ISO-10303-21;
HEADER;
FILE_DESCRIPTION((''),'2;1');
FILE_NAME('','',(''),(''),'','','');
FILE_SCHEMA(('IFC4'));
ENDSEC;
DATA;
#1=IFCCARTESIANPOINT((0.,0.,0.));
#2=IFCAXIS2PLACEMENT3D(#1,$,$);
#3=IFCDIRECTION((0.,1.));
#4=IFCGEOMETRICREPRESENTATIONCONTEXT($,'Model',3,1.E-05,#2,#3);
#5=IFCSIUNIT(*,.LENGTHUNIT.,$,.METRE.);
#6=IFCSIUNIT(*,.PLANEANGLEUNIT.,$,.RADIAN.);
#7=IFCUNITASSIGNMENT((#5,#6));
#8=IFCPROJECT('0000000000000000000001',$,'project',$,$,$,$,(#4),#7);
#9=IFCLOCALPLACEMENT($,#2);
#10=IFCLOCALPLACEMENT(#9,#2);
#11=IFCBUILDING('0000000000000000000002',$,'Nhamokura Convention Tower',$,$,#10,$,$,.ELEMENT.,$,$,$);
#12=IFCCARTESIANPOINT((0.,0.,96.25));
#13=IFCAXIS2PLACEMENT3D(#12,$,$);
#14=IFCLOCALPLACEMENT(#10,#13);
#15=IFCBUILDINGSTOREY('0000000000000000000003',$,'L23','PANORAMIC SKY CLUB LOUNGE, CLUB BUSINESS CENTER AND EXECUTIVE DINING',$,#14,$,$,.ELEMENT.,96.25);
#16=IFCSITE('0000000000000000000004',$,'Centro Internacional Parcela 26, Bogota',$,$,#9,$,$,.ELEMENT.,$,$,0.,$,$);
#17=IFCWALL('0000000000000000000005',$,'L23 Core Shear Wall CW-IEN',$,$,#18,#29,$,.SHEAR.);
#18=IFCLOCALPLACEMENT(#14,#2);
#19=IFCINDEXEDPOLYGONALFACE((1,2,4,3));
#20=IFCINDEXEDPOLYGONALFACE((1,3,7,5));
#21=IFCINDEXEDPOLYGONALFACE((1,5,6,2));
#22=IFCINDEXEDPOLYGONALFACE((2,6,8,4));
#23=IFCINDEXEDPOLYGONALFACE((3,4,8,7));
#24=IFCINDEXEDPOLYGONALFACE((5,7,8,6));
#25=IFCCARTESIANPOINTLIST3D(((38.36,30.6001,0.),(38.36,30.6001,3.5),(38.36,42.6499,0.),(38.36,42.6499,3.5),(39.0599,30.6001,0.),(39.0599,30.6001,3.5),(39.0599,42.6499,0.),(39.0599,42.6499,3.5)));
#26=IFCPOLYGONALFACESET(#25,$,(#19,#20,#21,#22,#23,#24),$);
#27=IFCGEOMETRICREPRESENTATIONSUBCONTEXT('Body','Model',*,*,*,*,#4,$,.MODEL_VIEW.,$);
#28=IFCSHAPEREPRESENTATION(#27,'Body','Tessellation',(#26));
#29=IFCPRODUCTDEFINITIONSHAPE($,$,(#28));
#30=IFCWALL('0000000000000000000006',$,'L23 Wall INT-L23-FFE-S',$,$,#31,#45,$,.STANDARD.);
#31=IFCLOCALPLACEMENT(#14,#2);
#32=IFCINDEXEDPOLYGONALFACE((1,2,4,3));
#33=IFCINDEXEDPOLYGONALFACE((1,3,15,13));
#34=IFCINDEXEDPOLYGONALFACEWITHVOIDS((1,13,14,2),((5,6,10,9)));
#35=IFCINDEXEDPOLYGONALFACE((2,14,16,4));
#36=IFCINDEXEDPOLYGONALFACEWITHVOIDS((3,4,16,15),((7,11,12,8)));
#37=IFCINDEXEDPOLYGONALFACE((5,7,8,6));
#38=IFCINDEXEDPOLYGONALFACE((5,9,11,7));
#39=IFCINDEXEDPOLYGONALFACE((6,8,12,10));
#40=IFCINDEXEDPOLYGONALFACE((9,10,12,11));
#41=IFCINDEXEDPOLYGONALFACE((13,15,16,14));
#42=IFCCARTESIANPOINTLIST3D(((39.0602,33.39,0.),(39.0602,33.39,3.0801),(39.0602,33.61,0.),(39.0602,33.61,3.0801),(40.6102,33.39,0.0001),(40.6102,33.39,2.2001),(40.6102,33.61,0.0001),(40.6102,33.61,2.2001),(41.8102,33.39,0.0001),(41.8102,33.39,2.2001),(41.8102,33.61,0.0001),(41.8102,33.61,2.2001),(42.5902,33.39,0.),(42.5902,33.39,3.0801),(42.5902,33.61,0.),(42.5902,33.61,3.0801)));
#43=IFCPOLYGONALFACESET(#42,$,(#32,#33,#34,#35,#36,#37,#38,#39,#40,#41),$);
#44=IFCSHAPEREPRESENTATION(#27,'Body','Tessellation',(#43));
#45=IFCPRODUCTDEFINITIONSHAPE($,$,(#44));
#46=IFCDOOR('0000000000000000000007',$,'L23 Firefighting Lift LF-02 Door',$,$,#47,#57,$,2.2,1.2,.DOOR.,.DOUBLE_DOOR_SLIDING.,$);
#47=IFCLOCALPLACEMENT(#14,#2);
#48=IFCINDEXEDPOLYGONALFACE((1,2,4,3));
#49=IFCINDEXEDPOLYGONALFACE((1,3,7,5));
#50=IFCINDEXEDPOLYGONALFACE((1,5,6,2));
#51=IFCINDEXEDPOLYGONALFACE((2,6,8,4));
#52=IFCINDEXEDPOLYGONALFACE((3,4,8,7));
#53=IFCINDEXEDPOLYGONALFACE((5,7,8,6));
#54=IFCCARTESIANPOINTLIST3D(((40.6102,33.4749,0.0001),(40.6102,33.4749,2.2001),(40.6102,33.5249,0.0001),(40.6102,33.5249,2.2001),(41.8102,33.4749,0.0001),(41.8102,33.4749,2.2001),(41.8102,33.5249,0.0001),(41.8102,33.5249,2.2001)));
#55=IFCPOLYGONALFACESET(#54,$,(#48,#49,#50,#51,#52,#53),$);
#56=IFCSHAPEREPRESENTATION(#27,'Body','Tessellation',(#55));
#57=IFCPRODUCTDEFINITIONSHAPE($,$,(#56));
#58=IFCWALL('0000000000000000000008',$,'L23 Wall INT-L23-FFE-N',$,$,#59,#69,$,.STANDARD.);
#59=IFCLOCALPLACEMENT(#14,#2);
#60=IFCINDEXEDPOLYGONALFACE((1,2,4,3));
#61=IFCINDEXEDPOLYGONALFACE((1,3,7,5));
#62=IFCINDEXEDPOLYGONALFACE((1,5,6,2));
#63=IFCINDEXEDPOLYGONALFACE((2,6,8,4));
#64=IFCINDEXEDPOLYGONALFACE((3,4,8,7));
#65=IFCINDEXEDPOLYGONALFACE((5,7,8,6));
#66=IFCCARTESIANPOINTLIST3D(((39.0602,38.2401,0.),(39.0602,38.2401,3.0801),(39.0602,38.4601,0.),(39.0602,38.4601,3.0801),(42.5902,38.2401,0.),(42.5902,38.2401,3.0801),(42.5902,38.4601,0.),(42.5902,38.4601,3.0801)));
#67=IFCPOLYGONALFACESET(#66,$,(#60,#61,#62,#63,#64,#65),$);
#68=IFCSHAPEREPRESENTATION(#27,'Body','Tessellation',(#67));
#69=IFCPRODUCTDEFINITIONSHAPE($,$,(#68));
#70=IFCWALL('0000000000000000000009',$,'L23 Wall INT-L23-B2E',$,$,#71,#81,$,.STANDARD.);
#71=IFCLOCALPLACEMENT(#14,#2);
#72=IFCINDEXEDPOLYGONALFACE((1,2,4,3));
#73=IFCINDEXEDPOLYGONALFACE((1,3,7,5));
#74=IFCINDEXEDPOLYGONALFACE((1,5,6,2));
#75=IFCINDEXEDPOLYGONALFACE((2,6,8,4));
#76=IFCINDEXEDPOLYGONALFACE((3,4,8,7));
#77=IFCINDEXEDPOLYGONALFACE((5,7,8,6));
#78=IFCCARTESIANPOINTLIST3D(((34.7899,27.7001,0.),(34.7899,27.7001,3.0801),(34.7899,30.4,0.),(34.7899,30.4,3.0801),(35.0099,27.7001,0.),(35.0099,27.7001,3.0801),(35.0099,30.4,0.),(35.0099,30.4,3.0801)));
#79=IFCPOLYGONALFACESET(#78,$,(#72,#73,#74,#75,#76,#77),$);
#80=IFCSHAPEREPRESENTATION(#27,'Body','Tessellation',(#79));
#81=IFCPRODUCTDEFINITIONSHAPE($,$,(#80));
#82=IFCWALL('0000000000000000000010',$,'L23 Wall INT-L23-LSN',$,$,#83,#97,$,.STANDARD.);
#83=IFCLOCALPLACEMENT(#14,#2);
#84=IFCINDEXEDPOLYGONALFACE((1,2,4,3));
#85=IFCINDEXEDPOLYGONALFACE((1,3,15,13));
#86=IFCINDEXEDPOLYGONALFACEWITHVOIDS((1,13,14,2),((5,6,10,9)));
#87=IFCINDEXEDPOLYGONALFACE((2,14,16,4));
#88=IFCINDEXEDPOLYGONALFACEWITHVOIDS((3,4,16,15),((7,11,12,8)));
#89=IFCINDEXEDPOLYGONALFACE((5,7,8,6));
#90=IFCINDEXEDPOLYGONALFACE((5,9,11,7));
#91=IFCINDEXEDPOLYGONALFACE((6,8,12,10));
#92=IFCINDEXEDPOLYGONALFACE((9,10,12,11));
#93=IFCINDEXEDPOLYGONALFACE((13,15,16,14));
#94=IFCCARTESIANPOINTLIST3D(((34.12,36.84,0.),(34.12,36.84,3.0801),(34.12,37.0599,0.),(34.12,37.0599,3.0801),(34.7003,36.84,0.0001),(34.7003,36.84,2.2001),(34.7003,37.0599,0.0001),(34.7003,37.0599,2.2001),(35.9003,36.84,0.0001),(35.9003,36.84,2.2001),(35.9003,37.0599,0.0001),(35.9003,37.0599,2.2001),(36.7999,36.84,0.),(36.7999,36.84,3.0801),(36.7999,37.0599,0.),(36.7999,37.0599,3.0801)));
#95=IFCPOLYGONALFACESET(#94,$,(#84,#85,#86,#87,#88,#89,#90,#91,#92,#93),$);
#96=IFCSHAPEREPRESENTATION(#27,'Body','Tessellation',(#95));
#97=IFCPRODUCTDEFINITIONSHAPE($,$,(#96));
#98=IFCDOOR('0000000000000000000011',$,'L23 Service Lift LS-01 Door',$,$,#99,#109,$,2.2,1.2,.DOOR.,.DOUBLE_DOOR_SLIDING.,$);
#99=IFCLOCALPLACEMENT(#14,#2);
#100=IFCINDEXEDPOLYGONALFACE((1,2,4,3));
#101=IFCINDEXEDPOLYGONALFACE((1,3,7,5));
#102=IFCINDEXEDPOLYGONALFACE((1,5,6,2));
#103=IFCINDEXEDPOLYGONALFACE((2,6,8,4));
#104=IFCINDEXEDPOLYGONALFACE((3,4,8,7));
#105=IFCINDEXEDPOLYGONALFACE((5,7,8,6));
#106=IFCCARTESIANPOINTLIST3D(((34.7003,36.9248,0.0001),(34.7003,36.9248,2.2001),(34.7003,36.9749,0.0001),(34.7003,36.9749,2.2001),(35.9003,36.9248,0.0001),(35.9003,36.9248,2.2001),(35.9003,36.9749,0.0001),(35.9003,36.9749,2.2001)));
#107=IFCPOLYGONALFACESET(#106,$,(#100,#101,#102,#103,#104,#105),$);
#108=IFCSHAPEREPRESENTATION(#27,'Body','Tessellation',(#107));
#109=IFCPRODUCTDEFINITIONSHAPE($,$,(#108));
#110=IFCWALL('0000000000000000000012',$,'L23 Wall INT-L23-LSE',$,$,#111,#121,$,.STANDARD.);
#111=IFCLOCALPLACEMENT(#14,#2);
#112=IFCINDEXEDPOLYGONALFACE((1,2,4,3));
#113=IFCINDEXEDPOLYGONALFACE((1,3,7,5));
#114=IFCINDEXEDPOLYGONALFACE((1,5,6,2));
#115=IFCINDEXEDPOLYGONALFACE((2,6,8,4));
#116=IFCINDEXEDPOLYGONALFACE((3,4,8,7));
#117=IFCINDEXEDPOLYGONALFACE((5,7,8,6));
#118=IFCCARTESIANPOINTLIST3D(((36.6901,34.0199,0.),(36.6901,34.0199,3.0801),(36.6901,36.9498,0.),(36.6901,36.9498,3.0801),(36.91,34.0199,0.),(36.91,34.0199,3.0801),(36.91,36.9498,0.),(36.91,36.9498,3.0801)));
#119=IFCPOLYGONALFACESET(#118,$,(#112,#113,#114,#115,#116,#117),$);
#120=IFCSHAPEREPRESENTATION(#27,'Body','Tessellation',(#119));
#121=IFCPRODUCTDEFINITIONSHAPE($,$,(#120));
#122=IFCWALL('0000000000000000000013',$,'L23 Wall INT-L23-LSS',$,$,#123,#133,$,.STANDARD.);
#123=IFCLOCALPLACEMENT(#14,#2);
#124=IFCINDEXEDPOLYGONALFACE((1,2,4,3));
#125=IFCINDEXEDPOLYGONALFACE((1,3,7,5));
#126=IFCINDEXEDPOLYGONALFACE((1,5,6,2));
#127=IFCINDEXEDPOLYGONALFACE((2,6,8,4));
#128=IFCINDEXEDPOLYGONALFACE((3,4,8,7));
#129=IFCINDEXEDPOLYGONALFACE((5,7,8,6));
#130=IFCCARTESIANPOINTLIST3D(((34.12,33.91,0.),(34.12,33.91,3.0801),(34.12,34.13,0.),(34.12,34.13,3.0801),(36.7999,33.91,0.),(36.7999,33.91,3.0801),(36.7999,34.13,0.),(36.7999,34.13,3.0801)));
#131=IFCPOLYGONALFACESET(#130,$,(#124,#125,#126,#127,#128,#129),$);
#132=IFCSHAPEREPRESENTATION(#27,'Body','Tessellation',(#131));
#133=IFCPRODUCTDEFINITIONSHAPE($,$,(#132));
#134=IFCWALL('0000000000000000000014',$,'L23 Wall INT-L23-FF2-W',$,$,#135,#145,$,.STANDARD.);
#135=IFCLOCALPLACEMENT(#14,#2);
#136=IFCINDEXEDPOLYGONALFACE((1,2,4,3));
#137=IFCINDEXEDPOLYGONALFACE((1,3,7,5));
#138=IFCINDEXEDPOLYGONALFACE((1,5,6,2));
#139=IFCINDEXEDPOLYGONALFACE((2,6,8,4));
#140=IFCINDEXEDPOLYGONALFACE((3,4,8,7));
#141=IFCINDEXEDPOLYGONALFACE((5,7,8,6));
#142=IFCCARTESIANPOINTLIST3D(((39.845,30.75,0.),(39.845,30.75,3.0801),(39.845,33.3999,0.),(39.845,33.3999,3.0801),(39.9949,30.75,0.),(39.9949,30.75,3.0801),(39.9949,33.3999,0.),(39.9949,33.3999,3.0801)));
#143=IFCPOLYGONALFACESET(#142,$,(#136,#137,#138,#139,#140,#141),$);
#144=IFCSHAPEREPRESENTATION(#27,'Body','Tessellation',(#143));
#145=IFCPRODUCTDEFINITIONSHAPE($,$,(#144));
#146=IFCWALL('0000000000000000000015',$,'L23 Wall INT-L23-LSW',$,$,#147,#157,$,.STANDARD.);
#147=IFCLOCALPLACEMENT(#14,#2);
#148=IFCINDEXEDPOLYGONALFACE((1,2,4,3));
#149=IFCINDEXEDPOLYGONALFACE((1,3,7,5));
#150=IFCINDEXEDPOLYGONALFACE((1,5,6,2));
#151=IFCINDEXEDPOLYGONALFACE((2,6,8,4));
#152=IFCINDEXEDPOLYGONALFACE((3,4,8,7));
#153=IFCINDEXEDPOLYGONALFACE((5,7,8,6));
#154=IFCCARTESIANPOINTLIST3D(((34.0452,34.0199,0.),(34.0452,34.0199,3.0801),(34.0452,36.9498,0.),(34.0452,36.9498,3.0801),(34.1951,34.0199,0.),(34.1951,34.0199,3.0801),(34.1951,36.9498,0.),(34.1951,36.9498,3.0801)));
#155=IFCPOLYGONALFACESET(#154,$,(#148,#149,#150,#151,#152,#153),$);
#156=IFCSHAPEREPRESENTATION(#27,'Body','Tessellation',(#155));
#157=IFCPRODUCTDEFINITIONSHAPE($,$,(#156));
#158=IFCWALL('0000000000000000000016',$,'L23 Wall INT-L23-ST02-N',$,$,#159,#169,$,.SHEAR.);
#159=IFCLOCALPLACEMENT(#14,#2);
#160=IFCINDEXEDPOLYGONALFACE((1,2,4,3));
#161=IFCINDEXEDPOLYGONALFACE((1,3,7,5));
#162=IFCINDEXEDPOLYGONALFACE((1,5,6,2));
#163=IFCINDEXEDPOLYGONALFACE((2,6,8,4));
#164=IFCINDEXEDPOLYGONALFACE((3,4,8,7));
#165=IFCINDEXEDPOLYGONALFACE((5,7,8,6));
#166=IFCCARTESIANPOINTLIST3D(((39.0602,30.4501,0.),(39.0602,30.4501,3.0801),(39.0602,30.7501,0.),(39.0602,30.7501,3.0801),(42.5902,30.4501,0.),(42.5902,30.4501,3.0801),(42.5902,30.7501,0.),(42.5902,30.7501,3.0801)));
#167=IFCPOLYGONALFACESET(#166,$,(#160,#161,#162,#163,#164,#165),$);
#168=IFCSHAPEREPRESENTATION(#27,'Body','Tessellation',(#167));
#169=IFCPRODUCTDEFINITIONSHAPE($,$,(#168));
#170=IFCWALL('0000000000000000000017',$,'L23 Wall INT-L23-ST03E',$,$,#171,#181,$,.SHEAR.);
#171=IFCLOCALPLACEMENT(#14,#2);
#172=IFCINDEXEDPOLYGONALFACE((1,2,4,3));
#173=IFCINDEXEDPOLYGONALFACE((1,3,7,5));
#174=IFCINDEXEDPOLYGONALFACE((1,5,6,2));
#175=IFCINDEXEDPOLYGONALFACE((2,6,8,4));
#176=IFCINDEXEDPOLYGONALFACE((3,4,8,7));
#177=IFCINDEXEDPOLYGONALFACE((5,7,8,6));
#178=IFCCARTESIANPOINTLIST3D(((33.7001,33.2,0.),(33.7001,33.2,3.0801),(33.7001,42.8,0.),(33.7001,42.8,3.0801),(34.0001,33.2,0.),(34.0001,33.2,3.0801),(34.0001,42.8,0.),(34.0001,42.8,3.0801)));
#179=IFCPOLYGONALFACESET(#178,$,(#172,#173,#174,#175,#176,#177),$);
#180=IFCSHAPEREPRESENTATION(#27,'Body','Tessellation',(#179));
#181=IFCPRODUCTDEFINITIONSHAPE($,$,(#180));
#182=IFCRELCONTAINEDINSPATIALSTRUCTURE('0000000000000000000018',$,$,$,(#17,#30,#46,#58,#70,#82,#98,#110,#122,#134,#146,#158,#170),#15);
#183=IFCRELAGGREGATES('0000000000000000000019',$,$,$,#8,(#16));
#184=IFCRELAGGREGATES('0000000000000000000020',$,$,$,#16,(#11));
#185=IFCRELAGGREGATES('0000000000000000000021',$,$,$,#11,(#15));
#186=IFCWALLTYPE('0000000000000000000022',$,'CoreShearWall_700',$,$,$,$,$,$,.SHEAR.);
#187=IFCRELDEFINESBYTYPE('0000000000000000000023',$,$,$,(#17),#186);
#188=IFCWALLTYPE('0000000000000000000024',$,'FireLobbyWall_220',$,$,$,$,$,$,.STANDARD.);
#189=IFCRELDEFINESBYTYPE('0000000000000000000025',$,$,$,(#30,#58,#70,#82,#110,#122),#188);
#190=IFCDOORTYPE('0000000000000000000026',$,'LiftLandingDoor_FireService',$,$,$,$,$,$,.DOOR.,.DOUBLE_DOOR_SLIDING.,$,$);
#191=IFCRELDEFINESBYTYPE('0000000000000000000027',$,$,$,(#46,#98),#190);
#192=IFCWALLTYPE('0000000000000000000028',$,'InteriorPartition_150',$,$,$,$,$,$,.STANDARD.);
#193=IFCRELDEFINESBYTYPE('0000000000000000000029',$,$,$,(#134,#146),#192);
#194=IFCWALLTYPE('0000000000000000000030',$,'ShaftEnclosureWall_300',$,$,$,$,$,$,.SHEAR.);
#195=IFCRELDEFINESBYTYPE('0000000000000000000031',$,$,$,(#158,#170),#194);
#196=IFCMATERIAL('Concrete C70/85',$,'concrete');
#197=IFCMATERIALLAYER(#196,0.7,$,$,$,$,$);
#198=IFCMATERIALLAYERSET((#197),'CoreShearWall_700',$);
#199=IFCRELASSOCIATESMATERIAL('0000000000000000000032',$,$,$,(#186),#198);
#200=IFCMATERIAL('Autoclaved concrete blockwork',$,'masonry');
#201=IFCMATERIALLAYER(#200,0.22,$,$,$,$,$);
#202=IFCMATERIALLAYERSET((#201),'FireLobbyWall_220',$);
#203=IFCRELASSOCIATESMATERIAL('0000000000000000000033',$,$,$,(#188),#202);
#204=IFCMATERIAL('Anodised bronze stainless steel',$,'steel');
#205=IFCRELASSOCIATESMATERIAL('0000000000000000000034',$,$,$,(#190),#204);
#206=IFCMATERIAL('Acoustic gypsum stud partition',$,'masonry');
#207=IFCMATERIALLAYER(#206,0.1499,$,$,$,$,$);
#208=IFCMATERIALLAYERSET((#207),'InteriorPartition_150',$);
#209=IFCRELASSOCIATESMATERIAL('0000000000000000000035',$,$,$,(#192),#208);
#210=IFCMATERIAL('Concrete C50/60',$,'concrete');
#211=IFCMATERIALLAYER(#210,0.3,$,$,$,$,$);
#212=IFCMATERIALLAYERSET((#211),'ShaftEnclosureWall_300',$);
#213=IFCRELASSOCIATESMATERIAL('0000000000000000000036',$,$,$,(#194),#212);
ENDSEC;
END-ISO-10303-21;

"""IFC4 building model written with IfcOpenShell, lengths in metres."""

from ifc_helpers import new_model, si_unit, direction, frame, frame_2d, origin, place, context, subcontext, project, spatial, rectangle, extrude, material, layer, layer_set, type_object, element, fill, save


model = new_model("IFC4")

# Units and contexts
model_context = context("Model", 3, precision=1e-05, world=origin(), true_north=direction((0.0, 1.0)))
body_context = subcontext(model_context, "Body", "Model", "MODEL_VIEW")
ifc_project = project(units=[si_unit("LENGTHUNIT", "METRE"), si_unit("PLANEANGLEUNIT", "RADIAN")], contexts=[model_context])

# Site, building, storey
site_placement = place(None, origin())
site = spatial("IfcSite", under=ifc_project, at=site_placement, Name="Centro Internacional Parcela 26, Bogota", CompositionType="ELEMENT", RefElevation=0.0)
building_placement = place(site_placement, origin())
building = spatial("IfcBuilding", under=site, at=building_placement, Name="Nhamokura Convention Tower", CompositionType="ELEMENT")
storey_placement = place(building_placement, frame((0.0, 0.0, 96.25)))
storey = spatial("IfcBuildingStorey", under=building, at=storey_placement, Name="L23", Description="PANORAMIC SKY CLUB LOUNGE, CLUB BUSINESS CENTER AND EXECUTIVE DINING", CompositionType="ELEMENT", Elevation=96.25)

# Wall
ifc_material_1 = material(Name="Concrete C70/85", Category="concrete")
ifc_layer_1 = layer(ifc_material_1, 0.7)
ifc_layer_set_1 = layer_set([ifc_layer_1], Name="CoreShearWall_700")
wall_type_1 = type_object("IfcWallType", Name="CoreShearWall_700", PredefinedType="SHEAR", material=ifc_layer_set_1)
wall_1_placement = place(storey_placement, frame((38.71, 30.6001, 0.0), z_axis=(0.0, 0.0, 1.0), x_axis=(0.0, 1.0, 0.0)))
element("IfcWall", 1, at=wall_1_placement, inside=storey, type_object=wall_type_1, Name="L23 Core Shear Wall CW-IEN", PredefinedType="SHEAR", context=body_context, shape_type="SweptSolid", body=[
    extrude(rectangle(XDim=12.0498, YDim=0.7, at=frame_2d((6.0249, 0.0))), origin(), (0.0, 0.0, 1.0), 3.5),
])

# Wall, opening, door
ifc_material_2 = material(Name="Autoclaved concrete blockwork", Category="masonry")
ifc_layer_2 = layer(ifc_material_2, 0.22)
ifc_layer_set_2 = layer_set([ifc_layer_2], Name="FireLobbyWall_220")
wall_type_2 = type_object("IfcWallType", Name="FireLobbyWall_220", PredefinedType="STANDARD", material=ifc_layer_set_2)
wall_2_placement = place(storey_placement, frame((39.0601, 33.5, 0.0), z_axis=(0.0, 0.0, 1.0), x_axis=(1.0, 0.0, 0.0)))
wall_2 = element("IfcWall", 2, at=wall_2_placement, inside=storey, type_object=wall_type_2, Name="L23 Wall INT-L23-FFE-S", PredefinedType="STANDARD", context=body_context, shape_type="SweptSolid", body=[
    extrude(rectangle(XDim=3.53, YDim=0.22, at=frame_2d((1.7651, 0.0))), origin(), (0.0, 0.0, 1.0), 3.0801),
])
opening_1_placement = place(wall_2_placement, frame((1.55, 0.0, 0.0)))
opening_1 = element("IfcOpeningElement", 3, at=opening_1_placement, cuts=wall_2, PredefinedType="OPENING", context=body_context, shape_type="SweptSolid", body=[
    extrude(rectangle(XDim=1.2, YDim=2.2, at=frame_2d((0.6001, 1.1001))), frame((0.0, 0.1199, 0.0), z_axis=(0.0, -1.0, 0.0), x_axis=(1.0, 0.0, 0.0)), (0.0, 0.0, 1.0), 0.24),
])
ifc_material_3 = material(Name="Anodised bronze stainless steel", Category="steel")
door_type = type_object("IfcDoorType", Name="LiftLandingDoor_FireService", OperationType="DOUBLE_DOOR_SLIDING", PredefinedType="DOOR", material=ifc_material_3)
door_1_placement = place(opening_1_placement, origin())
door_1 = element("IfcDoor", 4, at=door_1_placement, inside=storey, type_object=door_type, Name="L23 Firefighting Lift LF-02 Door", OperationType="DOUBLE_DOOR_SLIDING", OverallHeight=2.2, OverallWidth=1.2, PredefinedType="DOOR", context=body_context, shape_type="SweptSolid", body=[
    extrude(rectangle(XDim=1.2, YDim=2.2, at=frame_2d((0.6001, 1.1001))), frame((0.0, 0.0249, 0.0), z_axis=(0.0, -1.0, 0.0), x_axis=(1.0, 0.0, 0.0)), (0.0, 0.0, 1.0), 0.05),
])
fill(opening_1, door_1)

# Walls
wall_3_placement = place(storey_placement, frame((39.0601, 38.3501, 0.0), z_axis=(0.0, 0.0, 1.0), x_axis=(1.0, 0.0, 0.0)))
element("IfcWall", 5, at=wall_3_placement, inside=storey, type_object=wall_type_2, Name="L23 Wall INT-L23-FFE-N", PredefinedType="STANDARD", context=body_context, shape_type="SweptSolid", body=[
    extrude(rectangle(XDim=3.53, YDim=0.22, at=frame_2d((1.7651, 0.0))), origin(), (0.0, 0.0, 1.0), 3.0801),
])
wall_4_placement = place(storey_placement, frame((34.8999, 27.7, 0.0), z_axis=(0.0, 0.0, 1.0), x_axis=(0.0, 1.0, 0.0)))
element("IfcWall", 6, at=wall_4_placement, inside=storey, type_object=wall_type_2, Name="L23 Wall INT-L23-B2E", PredefinedType="STANDARD", context=body_context, shape_type="SweptSolid", body=[
    extrude(rectangle(XDim=2.7, YDim=0.22, at=frame_2d((1.3501, 0.0))), origin(), (0.0, 0.0, 1.0), 3.0801),
])

# Wall, opening, door
wall_5_placement = place(storey_placement, frame((34.1201, 36.95, 0.0), z_axis=(0.0, 0.0, 1.0), x_axis=(1.0, 0.0, 0.0)))
wall_5 = element("IfcWall", 7, at=wall_5_placement, inside=storey, type_object=wall_type_2, Name="L23 Wall INT-L23-LSN", PredefinedType="STANDARD", context=body_context, shape_type="SweptSolid", body=[
    extrude(rectangle(XDim=2.6799, YDim=0.22, at=frame_2d((1.3398, 0.0))), origin(), (0.0, 0.0, 1.0), 3.0801),
])
opening_2_placement = place(wall_5_placement, frame((0.5801, 0.0, 0.0)))
opening_2 = element("IfcOpeningElement", 8, at=opening_2_placement, cuts=wall_5, PredefinedType="OPENING", context=body_context, shape_type="SweptSolid", body=[
    extrude(rectangle(XDim=1.2, YDim=2.2, at=frame_2d((0.6001, 1.1001))), frame((0.0, 0.1199, 0.0), z_axis=(0.0, -1.0, 0.0), x_axis=(1.0, 0.0, 0.0)), (0.0, 0.0, 1.0), 0.24),
])
door_2_placement = place(opening_2_placement, origin())
door_2 = element("IfcDoor", 9, at=door_2_placement, inside=storey, type_object=door_type, Name="L23 Service Lift LS-01 Door", OperationType="DOUBLE_DOOR_SLIDING", OverallHeight=2.2, OverallWidth=1.2, PredefinedType="DOOR", context=body_context, shape_type="SweptSolid", body=[
    extrude(rectangle(XDim=1.2, YDim=2.2, at=frame_2d((0.6001, 1.1001))), frame((0.0, 0.0249, 0.0), z_axis=(0.0, -1.0, 0.0), x_axis=(1.0, 0.0, 0.0)), (0.0, 0.0, 1.0), 0.05),
])
fill(opening_2, door_2)

# Walls
wall_6_placement = place(storey_placement, frame((36.8, 34.02, 0.0), z_axis=(0.0, 0.0, 1.0), x_axis=(0.0, 1.0, 0.0)))
element("IfcWall", 10, at=wall_6_placement, inside=storey, type_object=wall_type_2, Name="L23 Wall INT-L23-LSE", PredefinedType="STANDARD", context=body_context, shape_type="SweptSolid", body=[
    extrude(rectangle(XDim=2.9299, YDim=0.22, at=frame_2d((1.4648, 0.0))), origin(), (0.0, 0.0, 1.0), 3.0801),
])
wall_7_placement = place(storey_placement, frame((34.1201, 34.02, 0.0), z_axis=(0.0, 0.0, 1.0), x_axis=(1.0, 0.0, 0.0)))
element("IfcWall", 11, at=wall_7_placement, inside=storey, type_object=wall_type_2, Name="L23 Wall INT-L23-LSS", PredefinedType="STANDARD", context=body_context, shape_type="SweptSolid", body=[
    extrude(rectangle(XDim=2.6799, YDim=0.22, at=frame_2d((1.3398, 0.0))), origin(), (0.0, 0.0, 1.0), 3.0801),
])
ifc_material_4 = material(Name="Acoustic gypsum stud partition", Category="masonry")
ifc_layer_3 = layer(ifc_material_4, 0.1499)
ifc_layer_set_3 = layer_set([ifc_layer_3], Name="InteriorPartition_150")
wall_type_3 = type_object("IfcWallType", Name="InteriorPartition_150", PredefinedType="STANDARD", material=ifc_layer_set_3)
wall_8_placement = place(storey_placement, frame((39.9199, 30.75, 0.0), z_axis=(0.0, 0.0, 1.0), x_axis=(0.0, 1.0, 0.0)))
element("IfcWall", 12, at=wall_8_placement, inside=storey, type_object=wall_type_3, Name="L23 Wall INT-L23-FF2-W", PredefinedType="STANDARD", context=body_context, shape_type="SweptSolid", body=[
    extrude(rectangle(XDim=2.6499, YDim=0.1499, at=frame_2d((1.325, 0.0))), origin(), (0.0, 0.0, 1.0), 3.0801),
])
wall_9_placement = place(storey_placement, frame((34.1201, 34.02, 0.0), z_axis=(0.0, 0.0, 1.0), x_axis=(0.0, 1.0, 0.0)))
element("IfcWall", 13, at=wall_9_placement, inside=storey, type_object=wall_type_3, Name="L23 Wall INT-L23-LSW", PredefinedType="STANDARD", context=body_context, shape_type="SweptSolid", body=[
    extrude(rectangle(XDim=2.9299, YDim=0.1499, at=frame_2d((1.4648, 0.0))), origin(), (0.0, 0.0, 1.0), 3.0801),
])
ifc_material_5 = material(Name="Concrete C50/60", Category="concrete")
ifc_layer_4 = layer(ifc_material_5, 0.3)
ifc_layer_set_4 = layer_set([ifc_layer_4], Name="ShaftEnclosureWall_300")
wall_type_4 = type_object("IfcWallType", Name="ShaftEnclosureWall_300", PredefinedType="SHEAR", material=ifc_layer_set_4)
wall_10_placement = place(storey_placement, frame((39.0601, 30.6001, 0.0), z_axis=(0.0, 0.0, 1.0), x_axis=(1.0, 0.0, 0.0)))
element("IfcWall", 14, at=wall_10_placement, inside=storey, type_object=wall_type_4, Name="L23 Wall INT-L23-ST02-N", PredefinedType="SHEAR", context=body_context, shape_type="SweptSolid", body=[
    extrude(rectangle(XDim=3.53, YDim=0.3, at=frame_2d((1.7651, 0.0))), origin(), (0.0, 0.0, 1.0), 3.0801),
])
wall_11_placement = place(storey_placement, frame((33.8501, 33.2, 0.0), z_axis=(0.0, 0.0, 1.0), x_axis=(0.0, 1.0, 0.0)))
element("IfcWall", 15, at=wall_11_placement, inside=storey, type_object=wall_type_4, Name="L23 Wall INT-L23-ST03E", PredefinedType="SHEAR", context=body_context, shape_type="SweptSolid", body=[
    extrude(rectangle(XDim=9.6001, YDim=0.3, at=frame_2d((4.8, 0.0))), origin(), (0.0, 0.0, 1.0), 3.0801),
])

save(model, "model.ifc")
